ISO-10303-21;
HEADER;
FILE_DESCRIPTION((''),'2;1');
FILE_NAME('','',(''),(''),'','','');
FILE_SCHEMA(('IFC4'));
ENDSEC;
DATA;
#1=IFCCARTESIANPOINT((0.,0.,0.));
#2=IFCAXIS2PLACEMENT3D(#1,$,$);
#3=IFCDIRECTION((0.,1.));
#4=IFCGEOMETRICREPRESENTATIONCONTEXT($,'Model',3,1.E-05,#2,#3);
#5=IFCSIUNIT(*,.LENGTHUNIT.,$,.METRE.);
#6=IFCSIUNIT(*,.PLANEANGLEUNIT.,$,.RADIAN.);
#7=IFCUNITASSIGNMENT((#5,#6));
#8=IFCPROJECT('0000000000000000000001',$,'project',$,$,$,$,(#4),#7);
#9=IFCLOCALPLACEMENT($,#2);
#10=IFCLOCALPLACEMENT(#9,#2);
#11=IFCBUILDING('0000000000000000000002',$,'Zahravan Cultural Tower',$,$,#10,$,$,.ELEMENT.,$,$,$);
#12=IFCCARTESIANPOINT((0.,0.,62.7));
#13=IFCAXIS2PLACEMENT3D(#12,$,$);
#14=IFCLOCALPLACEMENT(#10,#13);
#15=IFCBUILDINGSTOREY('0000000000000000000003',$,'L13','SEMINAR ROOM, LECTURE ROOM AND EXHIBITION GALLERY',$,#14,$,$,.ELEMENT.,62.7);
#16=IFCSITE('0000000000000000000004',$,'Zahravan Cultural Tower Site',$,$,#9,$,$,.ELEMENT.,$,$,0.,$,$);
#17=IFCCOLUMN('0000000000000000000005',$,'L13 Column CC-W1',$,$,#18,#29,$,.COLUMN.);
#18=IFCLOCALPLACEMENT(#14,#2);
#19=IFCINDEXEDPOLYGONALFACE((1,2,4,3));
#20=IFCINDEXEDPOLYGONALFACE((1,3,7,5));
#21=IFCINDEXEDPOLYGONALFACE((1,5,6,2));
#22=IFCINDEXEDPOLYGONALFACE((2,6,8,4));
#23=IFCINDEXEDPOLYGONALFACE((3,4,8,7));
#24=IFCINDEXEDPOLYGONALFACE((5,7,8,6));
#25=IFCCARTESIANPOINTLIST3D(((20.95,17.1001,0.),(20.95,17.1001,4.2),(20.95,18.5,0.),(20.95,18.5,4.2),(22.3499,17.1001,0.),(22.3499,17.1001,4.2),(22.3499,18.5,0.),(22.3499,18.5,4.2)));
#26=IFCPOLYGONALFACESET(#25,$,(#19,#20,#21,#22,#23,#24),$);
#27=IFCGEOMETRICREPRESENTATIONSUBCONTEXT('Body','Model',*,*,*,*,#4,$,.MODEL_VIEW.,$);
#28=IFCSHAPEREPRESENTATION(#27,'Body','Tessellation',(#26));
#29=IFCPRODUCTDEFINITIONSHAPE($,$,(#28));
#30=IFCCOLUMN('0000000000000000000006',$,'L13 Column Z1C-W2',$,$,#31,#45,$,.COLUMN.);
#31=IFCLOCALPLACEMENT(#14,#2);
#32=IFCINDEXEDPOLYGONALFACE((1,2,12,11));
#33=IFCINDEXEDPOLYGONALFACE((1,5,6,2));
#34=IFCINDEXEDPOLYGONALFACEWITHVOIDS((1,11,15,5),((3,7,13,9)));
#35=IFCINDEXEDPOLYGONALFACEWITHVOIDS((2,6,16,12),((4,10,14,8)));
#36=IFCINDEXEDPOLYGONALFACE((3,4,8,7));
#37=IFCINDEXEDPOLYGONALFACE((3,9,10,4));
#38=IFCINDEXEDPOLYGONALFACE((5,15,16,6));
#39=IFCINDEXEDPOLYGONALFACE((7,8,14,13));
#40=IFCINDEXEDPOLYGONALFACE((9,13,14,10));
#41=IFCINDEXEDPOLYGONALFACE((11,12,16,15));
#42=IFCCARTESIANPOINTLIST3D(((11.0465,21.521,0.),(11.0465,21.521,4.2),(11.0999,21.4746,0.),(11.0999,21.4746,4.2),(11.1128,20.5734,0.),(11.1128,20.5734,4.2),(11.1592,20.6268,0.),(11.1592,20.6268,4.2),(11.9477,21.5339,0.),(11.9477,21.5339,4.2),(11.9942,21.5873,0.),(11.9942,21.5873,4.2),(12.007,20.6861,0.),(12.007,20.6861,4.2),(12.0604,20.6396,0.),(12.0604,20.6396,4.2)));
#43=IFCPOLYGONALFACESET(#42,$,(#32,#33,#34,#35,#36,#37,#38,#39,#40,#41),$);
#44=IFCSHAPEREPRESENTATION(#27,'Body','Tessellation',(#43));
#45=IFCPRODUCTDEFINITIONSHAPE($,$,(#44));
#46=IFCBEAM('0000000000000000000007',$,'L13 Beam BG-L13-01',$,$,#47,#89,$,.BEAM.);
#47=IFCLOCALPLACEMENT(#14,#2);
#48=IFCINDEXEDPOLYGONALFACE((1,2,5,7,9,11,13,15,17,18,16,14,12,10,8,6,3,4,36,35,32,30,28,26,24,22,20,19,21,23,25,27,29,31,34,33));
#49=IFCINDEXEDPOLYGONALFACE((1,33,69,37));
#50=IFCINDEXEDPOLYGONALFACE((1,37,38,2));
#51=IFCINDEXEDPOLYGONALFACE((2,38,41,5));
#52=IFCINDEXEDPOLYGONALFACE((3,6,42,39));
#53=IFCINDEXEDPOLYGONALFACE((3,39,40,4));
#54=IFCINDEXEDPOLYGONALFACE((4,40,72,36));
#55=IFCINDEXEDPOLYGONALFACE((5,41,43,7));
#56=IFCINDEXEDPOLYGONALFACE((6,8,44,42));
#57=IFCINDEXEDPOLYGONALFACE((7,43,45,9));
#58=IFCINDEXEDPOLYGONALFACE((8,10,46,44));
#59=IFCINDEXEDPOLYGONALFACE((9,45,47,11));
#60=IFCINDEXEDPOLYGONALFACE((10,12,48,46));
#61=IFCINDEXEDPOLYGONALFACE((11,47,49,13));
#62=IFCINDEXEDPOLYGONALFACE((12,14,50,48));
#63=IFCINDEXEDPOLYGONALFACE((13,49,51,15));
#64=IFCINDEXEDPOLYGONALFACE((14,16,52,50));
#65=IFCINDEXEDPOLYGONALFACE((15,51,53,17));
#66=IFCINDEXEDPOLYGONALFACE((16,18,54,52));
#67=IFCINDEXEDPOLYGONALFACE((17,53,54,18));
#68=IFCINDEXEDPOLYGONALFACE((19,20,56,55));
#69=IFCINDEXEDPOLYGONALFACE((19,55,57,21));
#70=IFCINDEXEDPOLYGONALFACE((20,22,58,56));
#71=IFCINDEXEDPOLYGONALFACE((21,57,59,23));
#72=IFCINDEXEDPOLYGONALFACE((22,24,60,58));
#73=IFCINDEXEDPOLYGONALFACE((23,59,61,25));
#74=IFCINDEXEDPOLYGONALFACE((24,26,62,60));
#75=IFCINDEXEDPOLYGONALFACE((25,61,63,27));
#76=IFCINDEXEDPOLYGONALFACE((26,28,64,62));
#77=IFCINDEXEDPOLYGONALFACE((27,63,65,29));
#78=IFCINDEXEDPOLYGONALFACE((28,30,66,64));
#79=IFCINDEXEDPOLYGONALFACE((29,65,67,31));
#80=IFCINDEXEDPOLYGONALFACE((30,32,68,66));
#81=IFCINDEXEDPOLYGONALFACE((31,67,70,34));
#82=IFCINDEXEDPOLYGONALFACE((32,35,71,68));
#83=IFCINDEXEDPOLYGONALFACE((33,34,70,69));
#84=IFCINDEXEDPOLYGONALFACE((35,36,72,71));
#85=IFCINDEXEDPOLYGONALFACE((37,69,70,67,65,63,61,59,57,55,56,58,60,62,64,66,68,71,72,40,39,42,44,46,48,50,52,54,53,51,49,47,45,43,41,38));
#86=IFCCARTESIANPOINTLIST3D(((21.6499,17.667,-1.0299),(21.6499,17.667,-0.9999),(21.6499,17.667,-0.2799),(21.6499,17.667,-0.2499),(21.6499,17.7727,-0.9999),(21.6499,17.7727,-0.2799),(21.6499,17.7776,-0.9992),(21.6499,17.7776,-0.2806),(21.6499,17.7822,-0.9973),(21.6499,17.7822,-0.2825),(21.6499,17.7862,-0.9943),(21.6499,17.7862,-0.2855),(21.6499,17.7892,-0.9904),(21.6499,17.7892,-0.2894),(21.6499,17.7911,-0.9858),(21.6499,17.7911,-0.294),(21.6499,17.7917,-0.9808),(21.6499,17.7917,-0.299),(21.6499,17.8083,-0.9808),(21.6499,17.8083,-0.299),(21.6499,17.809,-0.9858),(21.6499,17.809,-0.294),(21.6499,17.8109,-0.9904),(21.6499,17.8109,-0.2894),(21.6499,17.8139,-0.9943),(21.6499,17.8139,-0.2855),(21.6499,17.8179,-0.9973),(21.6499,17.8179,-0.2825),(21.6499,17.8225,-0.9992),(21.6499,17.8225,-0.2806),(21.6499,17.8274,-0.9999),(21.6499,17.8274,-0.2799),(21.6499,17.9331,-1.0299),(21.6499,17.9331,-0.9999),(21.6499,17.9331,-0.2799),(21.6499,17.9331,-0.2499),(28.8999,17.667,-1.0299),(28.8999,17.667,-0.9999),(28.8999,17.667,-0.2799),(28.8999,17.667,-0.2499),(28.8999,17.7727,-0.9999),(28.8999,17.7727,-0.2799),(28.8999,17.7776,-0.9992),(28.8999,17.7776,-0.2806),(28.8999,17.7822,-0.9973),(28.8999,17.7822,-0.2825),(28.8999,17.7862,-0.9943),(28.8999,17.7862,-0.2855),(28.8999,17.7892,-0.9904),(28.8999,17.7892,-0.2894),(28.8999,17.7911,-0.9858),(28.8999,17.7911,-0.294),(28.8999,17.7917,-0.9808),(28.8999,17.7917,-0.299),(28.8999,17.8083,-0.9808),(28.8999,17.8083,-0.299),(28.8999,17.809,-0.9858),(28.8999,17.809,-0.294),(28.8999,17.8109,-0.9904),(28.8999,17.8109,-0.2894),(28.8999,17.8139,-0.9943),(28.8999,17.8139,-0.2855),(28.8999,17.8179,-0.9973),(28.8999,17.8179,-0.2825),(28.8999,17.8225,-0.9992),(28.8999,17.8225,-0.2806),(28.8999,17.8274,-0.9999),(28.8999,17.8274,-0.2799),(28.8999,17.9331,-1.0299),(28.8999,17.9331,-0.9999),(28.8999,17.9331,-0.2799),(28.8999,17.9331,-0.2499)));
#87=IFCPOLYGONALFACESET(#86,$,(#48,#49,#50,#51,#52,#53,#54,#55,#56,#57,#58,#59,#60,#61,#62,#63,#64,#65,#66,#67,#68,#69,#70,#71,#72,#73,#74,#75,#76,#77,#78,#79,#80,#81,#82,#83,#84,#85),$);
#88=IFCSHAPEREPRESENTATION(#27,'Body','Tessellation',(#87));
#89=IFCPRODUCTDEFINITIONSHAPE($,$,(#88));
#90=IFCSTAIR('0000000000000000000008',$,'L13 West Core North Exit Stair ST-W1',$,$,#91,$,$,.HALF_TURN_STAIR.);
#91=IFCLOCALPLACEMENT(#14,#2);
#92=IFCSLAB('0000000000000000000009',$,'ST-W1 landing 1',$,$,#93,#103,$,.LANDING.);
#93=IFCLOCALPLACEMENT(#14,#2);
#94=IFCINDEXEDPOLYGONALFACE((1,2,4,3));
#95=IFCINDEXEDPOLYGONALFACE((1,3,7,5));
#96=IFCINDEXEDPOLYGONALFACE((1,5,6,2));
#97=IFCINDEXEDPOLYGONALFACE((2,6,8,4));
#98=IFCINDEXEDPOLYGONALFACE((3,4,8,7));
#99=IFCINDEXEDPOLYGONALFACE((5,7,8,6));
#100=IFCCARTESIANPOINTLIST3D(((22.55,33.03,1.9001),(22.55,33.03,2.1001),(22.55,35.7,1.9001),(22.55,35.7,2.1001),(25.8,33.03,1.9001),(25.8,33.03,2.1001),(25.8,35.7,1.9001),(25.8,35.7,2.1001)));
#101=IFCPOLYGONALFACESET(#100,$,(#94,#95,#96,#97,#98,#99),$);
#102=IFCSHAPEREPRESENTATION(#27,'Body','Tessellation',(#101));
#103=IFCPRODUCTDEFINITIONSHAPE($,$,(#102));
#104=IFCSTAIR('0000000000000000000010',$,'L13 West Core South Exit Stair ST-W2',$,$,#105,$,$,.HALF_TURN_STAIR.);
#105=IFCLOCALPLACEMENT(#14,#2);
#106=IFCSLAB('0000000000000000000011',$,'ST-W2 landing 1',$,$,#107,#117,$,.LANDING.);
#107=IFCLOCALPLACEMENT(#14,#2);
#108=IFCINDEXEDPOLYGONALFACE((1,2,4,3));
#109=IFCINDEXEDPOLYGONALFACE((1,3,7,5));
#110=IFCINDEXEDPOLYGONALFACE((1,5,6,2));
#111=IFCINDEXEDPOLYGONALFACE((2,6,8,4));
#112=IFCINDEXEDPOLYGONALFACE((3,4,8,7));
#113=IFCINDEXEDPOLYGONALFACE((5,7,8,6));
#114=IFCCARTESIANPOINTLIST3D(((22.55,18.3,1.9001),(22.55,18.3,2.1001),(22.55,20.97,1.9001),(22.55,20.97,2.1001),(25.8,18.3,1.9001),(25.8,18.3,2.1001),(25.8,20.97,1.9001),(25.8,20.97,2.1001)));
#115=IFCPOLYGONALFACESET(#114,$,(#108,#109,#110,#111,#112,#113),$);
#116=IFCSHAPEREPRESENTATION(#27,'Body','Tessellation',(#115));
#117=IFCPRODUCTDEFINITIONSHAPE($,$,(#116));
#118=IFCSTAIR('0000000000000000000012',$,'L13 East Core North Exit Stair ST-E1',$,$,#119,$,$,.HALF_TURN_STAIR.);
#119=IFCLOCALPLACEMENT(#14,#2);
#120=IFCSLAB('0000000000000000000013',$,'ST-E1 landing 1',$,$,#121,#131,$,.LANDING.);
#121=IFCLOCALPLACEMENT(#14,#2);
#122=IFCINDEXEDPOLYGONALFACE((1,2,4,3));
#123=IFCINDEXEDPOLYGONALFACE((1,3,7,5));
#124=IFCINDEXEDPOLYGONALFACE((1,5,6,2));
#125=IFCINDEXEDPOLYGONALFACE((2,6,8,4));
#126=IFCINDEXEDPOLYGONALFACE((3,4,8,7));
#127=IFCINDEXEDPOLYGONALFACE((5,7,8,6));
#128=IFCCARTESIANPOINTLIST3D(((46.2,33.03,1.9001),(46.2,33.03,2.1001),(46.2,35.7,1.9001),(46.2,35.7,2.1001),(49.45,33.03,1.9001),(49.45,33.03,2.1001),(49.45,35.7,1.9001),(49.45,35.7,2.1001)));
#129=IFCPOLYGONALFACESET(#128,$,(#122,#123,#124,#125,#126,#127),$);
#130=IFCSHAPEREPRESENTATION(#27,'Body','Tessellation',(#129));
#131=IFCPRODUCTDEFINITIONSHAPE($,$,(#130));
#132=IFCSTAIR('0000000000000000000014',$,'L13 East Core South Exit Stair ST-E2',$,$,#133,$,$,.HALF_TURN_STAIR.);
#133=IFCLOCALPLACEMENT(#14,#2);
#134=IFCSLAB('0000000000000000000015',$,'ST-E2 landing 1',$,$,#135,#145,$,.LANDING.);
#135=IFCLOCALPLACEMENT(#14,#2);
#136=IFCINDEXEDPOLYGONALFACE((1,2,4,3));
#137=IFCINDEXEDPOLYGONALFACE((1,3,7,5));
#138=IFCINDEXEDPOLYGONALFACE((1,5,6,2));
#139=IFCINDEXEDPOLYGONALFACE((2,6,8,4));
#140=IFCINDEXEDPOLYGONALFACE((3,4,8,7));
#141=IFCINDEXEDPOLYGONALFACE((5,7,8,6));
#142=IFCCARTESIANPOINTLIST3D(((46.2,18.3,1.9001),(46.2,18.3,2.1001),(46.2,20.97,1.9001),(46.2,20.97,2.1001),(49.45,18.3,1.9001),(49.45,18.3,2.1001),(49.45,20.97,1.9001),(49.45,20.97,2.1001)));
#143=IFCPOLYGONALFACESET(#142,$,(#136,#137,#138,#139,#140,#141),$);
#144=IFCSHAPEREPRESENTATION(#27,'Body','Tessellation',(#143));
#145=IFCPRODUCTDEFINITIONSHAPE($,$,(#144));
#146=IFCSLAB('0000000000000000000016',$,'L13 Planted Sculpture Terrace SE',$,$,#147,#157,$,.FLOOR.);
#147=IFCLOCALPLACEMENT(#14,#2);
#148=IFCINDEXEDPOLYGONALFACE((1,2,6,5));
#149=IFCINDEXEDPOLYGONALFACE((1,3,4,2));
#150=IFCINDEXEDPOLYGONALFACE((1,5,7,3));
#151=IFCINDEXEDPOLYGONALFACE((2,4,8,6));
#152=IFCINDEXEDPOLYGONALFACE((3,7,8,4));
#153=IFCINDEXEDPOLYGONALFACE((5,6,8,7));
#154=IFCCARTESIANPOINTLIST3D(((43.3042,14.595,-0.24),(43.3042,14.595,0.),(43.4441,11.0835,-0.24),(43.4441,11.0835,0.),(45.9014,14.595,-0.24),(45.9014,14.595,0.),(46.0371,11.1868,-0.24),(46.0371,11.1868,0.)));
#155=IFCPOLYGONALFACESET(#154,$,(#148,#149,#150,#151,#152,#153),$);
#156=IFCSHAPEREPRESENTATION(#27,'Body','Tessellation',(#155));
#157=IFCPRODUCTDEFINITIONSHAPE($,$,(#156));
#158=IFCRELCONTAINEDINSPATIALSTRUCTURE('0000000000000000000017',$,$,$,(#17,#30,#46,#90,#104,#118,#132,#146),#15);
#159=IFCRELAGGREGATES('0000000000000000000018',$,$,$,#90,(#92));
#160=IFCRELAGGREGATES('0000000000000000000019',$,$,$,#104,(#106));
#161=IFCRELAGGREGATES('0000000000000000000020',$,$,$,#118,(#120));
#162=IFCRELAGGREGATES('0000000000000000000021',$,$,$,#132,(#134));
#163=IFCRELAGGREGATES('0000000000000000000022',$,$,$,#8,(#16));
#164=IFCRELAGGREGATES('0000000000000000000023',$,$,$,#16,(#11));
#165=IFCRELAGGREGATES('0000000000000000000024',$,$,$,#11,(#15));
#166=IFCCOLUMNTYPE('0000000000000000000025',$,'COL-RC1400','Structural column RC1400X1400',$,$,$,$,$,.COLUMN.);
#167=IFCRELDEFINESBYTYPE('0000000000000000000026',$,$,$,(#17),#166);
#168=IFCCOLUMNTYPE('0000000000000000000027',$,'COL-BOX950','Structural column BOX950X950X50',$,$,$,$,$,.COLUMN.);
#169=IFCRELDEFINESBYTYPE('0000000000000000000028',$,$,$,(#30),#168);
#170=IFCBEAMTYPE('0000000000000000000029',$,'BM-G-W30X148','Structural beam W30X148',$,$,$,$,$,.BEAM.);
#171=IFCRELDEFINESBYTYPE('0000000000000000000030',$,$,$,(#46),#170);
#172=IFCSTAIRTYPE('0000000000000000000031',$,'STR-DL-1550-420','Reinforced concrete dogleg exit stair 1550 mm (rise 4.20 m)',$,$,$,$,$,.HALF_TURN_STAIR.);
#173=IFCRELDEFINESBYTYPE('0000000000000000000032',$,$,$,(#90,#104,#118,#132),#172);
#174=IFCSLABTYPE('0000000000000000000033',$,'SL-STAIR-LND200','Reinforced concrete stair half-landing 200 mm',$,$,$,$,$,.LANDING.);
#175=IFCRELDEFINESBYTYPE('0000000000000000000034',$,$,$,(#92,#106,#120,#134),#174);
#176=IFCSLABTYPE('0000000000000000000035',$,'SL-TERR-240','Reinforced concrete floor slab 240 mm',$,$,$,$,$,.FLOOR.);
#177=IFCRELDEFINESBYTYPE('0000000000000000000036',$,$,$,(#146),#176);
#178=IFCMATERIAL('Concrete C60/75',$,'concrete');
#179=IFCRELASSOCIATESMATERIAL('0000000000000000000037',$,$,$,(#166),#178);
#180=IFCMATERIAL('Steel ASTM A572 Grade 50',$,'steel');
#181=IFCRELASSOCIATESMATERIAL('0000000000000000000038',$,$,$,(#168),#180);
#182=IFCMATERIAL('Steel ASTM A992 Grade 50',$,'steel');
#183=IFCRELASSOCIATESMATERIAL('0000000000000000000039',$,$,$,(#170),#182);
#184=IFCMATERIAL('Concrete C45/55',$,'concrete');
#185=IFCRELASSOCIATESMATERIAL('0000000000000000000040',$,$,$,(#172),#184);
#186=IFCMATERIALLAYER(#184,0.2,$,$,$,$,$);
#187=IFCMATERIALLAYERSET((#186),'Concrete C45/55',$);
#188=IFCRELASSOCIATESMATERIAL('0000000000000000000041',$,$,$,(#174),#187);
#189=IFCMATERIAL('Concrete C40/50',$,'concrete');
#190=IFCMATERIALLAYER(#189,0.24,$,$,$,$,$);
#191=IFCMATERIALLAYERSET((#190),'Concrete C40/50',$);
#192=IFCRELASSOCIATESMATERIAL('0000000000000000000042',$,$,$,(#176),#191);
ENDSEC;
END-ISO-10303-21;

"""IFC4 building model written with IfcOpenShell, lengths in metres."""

from ifc_helpers import new_model, si_unit, direction, frame, origin, origin_2d, place, context, subcontext, project, spatial, polyline, rectangle, hollow_rectangle, i_section, outline, extrude, source, transform, mapped, material, layer, layer_set, material_profile, profile_set, type_object, element, aggregate, save


model = new_model("IFC4")

# Units and contexts
model_context = context("Model", 3, precision=1e-05, world=origin(), true_north=direction((0.0, 1.0)))
body_context = subcontext(model_context, "Body", "Model", "MODEL_VIEW")
ifc_project = project(units=[si_unit("LENGTHUNIT", "METRE"), si_unit("PLANEANGLEUNIT", "RADIAN")], contexts=[model_context])

# Site, building, storey
site_placement = place(None, origin())
site = spatial("IfcSite", under=ifc_project, at=site_placement, Name="Zahravan Cultural Tower Site", CompositionType="ELEMENT", RefElevation=0.0)
building_placement = place(site_placement, origin())
building = spatial("IfcBuilding", under=site, at=building_placement, Name="Zahravan Cultural Tower", CompositionType="ELEMENT")
storey_placement = place(building_placement, frame((0.0, 0.0, 62.7)))
storey = spatial("IfcBuildingStorey", under=building, at=storey_placement, Name="L13", Description="SEMINAR ROOM, LECTURE ROOM AND EXHIBITION GALLERY", CompositionType="ELEMENT", Elevation=62.7)

# Columns
ifc_material_1 = material(Name="Concrete C60/75", Category="concrete")
ifc_material_profile_1 = material_profile(ifc_material_1, rectangle(XDim=1.3999, YDim=1.3999, at=origin_2d()), Name="RC1400X1400")
ifc_profile_set_1 = profile_set([ifc_material_profile_1], Name="Concrete C60/75")
column_type_1 = type_object("IfcColumnType", Name="COL-RC1400", Description="Structural column RC1400X1400", PredefinedType="COLUMN", material=ifc_profile_set_1)
shared_shape_1 = source(origin(), body_context, "Body", "SweptSolid", [
    extrude(rectangle(XDim=1.3999, YDim=1.3999, at=origin_2d()), origin(), (0.0, 0.0, 1.0), 4.2),
])
column_1_placement = place(storey_placement, frame((21.6499, 17.8, 0.0), z_axis=(0.0, 0.0, 1.0), x_axis=(1.0, 0.0, 0.0)))
element("IfcColumn", 1, at=column_1_placement, inside=storey, type_object=column_type_1, Name="L13 Column CC-W1", PredefinedType="COLUMN", context=body_context, shape_type="MappedRepresentation", body=[
    mapped(shared_shape_1, transform((0.0, 0.0, 0.0), x_axis=(1.0, 0.0, 0.0), y_axis=(0.0, 1.0, 0.0), z_axis=(0.0, 0.0, 1.0), scale=1.0)),
])
ifc_material_2 = material(Name="Steel ASTM A572 Grade 50", Category="steel")
ifc_material_profile_2 = material_profile(ifc_material_2, hollow_rectangle(XDim=0.95, YDim=0.95, WallThickness=0.05, at=origin_2d()), Name="BOX950X950X50")
ifc_profile_set_2 = profile_set([ifc_material_profile_2], Name="Steel ASTM A572 Grade 50")
column_type_2 = type_object("IfcColumnType", Name="COL-BOX950", Description="Structural column BOX950X950X50", PredefinedType="COLUMN", material=ifc_profile_set_2)
shared_shape_2 = source(origin(), body_context, "Body", "SweptSolid", [
    extrude(hollow_rectangle(XDim=0.95, YDim=0.95, WallThickness=0.05, at=origin_2d()), origin(), (0.0, 0.0, 1.0), 4.2),
])
column_2_placement = place(storey_placement, frame((11.5535, 21.0803, 0.0), z_axis=(0.0, 0.0, 1.0), x_axis=(0.997564, 0.069756, 0.0)))
element("IfcColumn", 2, at=column_2_placement, inside=storey, type_object=column_type_2, Name="L13 Column Z1C-W2", PredefinedType="COLUMN", context=body_context, shape_type="MappedRepresentation", body=[
    mapped(shared_shape_2, transform((0.0, 0.0, 0.0), x_axis=(1.0, 0.0, 0.0), y_axis=(0.0, 1.0, 0.0), z_axis=(0.0, 0.0, 1.0), scale=1.0)),
])

# Beam
ifc_material_3 = material(Name="Steel ASTM A992 Grade 50", Category="steel")
ifc_material_profile_3 = material_profile(ifc_material_3, i_section(OverallWidth=0.2661, OverallDepth=0.78, WebThickness=0.0166, FlangeThickness=0.03, FilletRadius=0.019, at=origin_2d()), Name="W30X148")
ifc_profile_set_3 = profile_set([ifc_material_profile_3], Name="Steel ASTM A992 Grade 50")
beam_type = type_object("IfcBeamType", Name="BM-G-W30X148", Description="Structural beam W30X148", PredefinedType="BEAM", material=ifc_profile_set_3)
shared_shape_3 = source(origin(), body_context, "Body", "SweptSolid", [
    extrude(i_section(OverallWidth=0.2661, OverallDepth=0.78, WebThickness=0.0166, FlangeThickness=0.03, FilletRadius=0.019, at=origin_2d()), origin(), (0.0, 0.0, 1.0), 7.25),
])
beam_placement = place(storey_placement, frame((21.6499, 17.8, -0.6399), z_axis=(1.0, 0.0, 0.0), x_axis=(0.0, 1.0, 0.0)))
element("IfcBeam", 3, at=beam_placement, inside=storey, type_object=beam_type, Name="L13 Beam BG-L13-01", PredefinedType="BEAM", context=body_context, shape_type="MappedRepresentation", body=[
    mapped(shared_shape_3, transform((0.0, 0.0, 0.0), x_axis=(1.0, 0.0, 0.0), y_axis=(0.0, 1.0, 0.0), z_axis=(0.0, 0.0, 1.0), scale=1.0)),
])

# Stairs, slabs
ifc_material_4 = material(Name="Concrete C45/55", Category="concrete")
stair_type = type_object("IfcStairType", Name="STR-DL-1550-420", Description="Reinforced concrete dogleg exit stair 1550 mm (rise 4.20 m)", PredefinedType="HALF_TURN_STAIR", material=ifc_material_4)
stair_1_placement = place(storey_placement, origin())
stair_1 = element("IfcStair", 4, at=stair_1_placement, inside=storey, type_object=stair_type, Name="L13 West Core North Exit Stair ST-W1", PredefinedType="HALF_TURN_STAIR")
ifc_layer_1 = layer(ifc_material_4, 0.2)
ifc_layer_set_1 = layer_set([ifc_layer_1], Name="Concrete C45/55")
slab_type_1 = type_object("IfcSlabType", Name="SL-STAIR-LND200", Description="Reinforced concrete stair half-landing 200 mm", PredefinedType="LANDING", material=ifc_layer_set_1)
slab_1_placement = place(storey_placement, frame((0.0, 0.0, 1.9001)))
slab_1 = element("IfcSlab", 5, at=slab_1_placement, type_object=slab_type_1, Name="ST-W1 landing 1", PredefinedType="LANDING", context=body_context, shape_type="SweptSolid", body=[
    extrude(outline(polyline([(25.8, 33.03), (25.8, 35.7), (22.55, 35.7), (22.55, 33.03), (25.8, 33.03)])), origin(), (0.0, 0.0, 1.0), 0.2),
])
aggregate(stair_1, [slab_1])
stair_2_placement = place(storey_placement, origin())
stair_2 = element("IfcStair", 6, at=stair_2_placement, inside=storey, type_object=stair_type, Name="L13 West Core South Exit Stair ST-W2", PredefinedType="HALF_TURN_STAIR")
slab_2_placement = place(storey_placement, frame((0.0, 0.0, 1.9001)))
slab_2 = element("IfcSlab", 7, at=slab_2_placement, type_object=slab_type_1, Name="ST-W2 landing 1", PredefinedType="LANDING", context=body_context, shape_type="SweptSolid", body=[
    extrude(outline(polyline([(22.55, 20.97), (22.55, 18.3), (25.8, 18.3), (25.8, 20.97), (22.55, 20.97)])), origin(), (0.0, 0.0, 1.0), 0.2),
])
aggregate(stair_2, [slab_2])
stair_3_placement = place(storey_placement, origin())
stair_3 = element("IfcStair", 8, at=stair_3_placement, inside=storey, type_object=stair_type, Name="L13 East Core North Exit Stair ST-E1", PredefinedType="HALF_TURN_STAIR")
slab_3_placement = place(storey_placement, frame((0.0, 0.0, 1.9001)))
slab_3 = element("IfcSlab", 9, at=slab_3_placement, type_object=slab_type_1, Name="ST-E1 landing 1", PredefinedType="LANDING", context=body_context, shape_type="SweptSolid", body=[
    extrude(outline(polyline([(49.45, 33.03), (49.45, 35.7), (46.2, 35.7), (46.2, 33.03), (49.45, 33.03)])), origin(), (0.0, 0.0, 1.0), 0.2),
])
aggregate(stair_3, [slab_3])
stair_4_placement = place(storey_placement, origin())
stair_4 = element("IfcStair", 10, at=stair_4_placement, inside=storey, type_object=stair_type, Name="L13 East Core South Exit Stair ST-E2", PredefinedType="HALF_TURN_STAIR")
slab_4_placement = place(storey_placement, frame((0.0, 0.0, 1.9001)))
slab_4 = element("IfcSlab", 11, at=slab_4_placement, type_object=slab_type_1, Name="ST-E2 landing 1", PredefinedType="LANDING", context=body_context, shape_type="SweptSolid", body=[
    extrude(outline(polyline([(46.2, 20.97), (46.2, 18.3), (49.45, 18.3), (49.45, 20.97), (46.2, 20.97)])), origin(), (0.0, 0.0, 1.0), 0.2),
])
aggregate(stair_4, [slab_4])

# Slab
ifc_material_5 = material(Name="Concrete C40/50", Category="concrete")
ifc_layer_2 = layer(ifc_material_5, 0.24)
ifc_layer_set_2 = layer_set([ifc_layer_2], Name="Concrete C40/50")
slab_type_2 = type_object("IfcSlabType", Name="SL-TERR-240", Description="Reinforced concrete floor slab 240 mm", PredefinedType="FLOOR", material=ifc_layer_set_2)
slab_5_placement = place(storey_placement, frame((0.0, 0.0, -0.24)))
element("IfcSlab", 12, at=slab_5_placement, inside=storey, type_object=slab_type_2, Name="L13 Planted Sculpture Terrace SE", PredefinedType="FLOOR", context=body_context, shape_type="SweptSolid", body=[
    extrude(outline(polyline([(46.0371, 11.1868), (45.9014, 14.595), (43.3042, 14.595), (43.4441, 11.0835), (46.0371, 11.1868)])), origin(), (0.0, 0.0, 1.0), 0.24),
])

save(model, "model.ifc")
